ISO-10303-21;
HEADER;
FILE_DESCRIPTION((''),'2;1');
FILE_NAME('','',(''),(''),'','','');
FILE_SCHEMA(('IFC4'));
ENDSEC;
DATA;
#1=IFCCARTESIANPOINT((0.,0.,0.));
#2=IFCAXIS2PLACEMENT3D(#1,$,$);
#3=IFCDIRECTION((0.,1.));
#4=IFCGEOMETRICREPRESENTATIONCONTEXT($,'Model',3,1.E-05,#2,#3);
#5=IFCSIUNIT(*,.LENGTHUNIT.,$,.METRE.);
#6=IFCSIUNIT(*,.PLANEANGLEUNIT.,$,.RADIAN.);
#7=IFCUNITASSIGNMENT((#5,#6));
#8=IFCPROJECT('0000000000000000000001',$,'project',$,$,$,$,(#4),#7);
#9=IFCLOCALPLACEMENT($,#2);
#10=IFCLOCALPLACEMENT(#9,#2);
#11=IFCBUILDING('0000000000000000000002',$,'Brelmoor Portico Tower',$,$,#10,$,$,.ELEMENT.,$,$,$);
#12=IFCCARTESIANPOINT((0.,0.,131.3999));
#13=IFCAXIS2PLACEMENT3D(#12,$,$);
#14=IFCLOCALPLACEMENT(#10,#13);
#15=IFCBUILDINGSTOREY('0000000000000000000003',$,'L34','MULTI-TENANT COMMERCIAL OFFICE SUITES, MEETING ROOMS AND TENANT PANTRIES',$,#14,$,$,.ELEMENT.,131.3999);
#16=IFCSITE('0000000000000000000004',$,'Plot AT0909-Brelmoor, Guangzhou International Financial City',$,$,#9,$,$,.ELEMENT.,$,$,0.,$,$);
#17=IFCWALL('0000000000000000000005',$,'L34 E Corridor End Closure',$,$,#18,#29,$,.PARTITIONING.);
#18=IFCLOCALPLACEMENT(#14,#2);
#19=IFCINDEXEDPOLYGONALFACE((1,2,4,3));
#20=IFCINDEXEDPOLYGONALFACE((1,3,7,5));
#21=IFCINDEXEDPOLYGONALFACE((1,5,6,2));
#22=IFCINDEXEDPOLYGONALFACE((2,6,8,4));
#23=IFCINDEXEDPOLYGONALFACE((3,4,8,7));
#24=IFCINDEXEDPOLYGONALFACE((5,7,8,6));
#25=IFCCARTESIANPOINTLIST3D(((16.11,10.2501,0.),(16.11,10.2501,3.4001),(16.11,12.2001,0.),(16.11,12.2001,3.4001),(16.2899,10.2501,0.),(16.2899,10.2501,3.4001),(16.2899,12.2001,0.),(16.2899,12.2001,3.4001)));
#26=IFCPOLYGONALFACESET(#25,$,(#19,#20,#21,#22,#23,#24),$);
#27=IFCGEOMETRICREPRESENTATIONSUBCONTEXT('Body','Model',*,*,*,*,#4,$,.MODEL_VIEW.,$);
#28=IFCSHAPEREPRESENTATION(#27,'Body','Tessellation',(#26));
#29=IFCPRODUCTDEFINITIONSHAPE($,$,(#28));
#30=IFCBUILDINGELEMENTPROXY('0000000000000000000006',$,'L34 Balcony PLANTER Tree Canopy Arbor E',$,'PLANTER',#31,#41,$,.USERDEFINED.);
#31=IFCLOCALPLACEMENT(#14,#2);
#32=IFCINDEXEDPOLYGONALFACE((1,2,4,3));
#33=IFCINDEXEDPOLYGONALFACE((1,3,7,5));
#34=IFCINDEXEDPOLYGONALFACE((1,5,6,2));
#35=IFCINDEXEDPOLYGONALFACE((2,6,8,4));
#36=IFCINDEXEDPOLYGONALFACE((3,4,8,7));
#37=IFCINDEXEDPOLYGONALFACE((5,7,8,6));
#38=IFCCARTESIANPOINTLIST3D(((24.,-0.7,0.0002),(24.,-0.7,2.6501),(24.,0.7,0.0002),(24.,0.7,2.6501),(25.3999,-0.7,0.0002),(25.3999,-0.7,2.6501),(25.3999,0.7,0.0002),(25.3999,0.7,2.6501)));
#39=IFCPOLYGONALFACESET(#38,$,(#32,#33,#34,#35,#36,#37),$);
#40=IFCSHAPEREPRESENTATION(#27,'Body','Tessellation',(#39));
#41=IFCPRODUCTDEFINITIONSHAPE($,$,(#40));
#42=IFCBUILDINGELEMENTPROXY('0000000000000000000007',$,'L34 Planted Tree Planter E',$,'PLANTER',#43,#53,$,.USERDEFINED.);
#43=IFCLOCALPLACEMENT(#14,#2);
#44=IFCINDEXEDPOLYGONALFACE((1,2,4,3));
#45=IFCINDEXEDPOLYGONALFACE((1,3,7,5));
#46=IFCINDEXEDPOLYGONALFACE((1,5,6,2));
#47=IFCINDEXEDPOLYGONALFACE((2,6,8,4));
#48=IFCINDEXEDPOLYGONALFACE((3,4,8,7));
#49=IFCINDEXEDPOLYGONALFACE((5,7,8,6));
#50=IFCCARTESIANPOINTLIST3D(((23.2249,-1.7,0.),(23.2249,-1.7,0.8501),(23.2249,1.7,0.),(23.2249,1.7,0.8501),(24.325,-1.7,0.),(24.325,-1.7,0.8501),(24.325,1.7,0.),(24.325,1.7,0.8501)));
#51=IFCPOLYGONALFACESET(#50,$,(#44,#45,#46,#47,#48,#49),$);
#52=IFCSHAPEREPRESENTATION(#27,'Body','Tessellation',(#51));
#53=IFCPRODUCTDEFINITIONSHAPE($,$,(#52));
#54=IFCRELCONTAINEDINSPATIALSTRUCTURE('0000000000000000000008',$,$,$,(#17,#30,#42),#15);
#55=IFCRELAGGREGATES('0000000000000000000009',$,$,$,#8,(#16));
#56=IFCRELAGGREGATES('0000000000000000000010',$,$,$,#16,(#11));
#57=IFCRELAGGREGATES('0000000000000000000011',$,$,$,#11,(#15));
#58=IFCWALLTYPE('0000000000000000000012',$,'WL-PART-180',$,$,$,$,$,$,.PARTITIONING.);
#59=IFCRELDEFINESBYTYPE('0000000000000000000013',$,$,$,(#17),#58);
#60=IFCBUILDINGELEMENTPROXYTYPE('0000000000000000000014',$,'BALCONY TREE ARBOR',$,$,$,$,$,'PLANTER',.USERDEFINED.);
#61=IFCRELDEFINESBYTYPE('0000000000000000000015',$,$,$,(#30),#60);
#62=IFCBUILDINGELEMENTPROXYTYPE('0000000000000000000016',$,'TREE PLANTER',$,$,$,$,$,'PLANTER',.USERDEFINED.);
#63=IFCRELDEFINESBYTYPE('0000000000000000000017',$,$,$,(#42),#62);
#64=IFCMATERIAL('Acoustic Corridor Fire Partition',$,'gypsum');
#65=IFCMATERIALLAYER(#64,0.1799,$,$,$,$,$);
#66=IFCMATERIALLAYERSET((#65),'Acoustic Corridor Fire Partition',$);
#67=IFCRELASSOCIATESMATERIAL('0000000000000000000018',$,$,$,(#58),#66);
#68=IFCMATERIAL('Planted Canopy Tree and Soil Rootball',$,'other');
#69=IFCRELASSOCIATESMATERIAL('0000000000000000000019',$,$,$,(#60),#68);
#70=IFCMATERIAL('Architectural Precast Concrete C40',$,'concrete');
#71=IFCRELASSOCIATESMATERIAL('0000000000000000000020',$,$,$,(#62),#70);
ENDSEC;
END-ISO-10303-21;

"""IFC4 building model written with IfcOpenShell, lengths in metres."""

from ifc_helpers import new_model, si_unit, direction, frame, frame_2d, origin, origin_2d, place, context, subcontext, project, spatial, rectangle, extrude, material, layer, layer_set, type_object, element, save


model = new_model("IFC4")

# Units and contexts
model_context = context("Model", 3, precision=1e-05, world=origin(), true_north=direction((0.0, 1.0)))
body_context = subcontext(model_context, "Body", "Model", "MODEL_VIEW")
ifc_project = project(units=[si_unit("LENGTHUNIT", "METRE"), si_unit("PLANEANGLEUNIT", "RADIAN")], contexts=[model_context])

# Site, building, storey
site_placement = place(None, origin())
site = spatial("IfcSite", under=ifc_project, at=site_placement, Name="Plot AT0909-Brelmoor, Guangzhou International Financial City", CompositionType="ELEMENT", RefElevation=0.0)
building_placement = place(site_placement, origin())
building = spatial("IfcBuilding", under=site, at=building_placement, Name="Brelmoor Portico Tower", CompositionType="ELEMENT")
storey_placement = place(building_placement, frame((0.0, 0.0, 131.3999)))
storey = spatial("IfcBuildingStorey", under=building, at=storey_placement, Name="L34", Description="MULTI-TENANT COMMERCIAL OFFICE SUITES, MEETING ROOMS AND TENANT PANTRIES", CompositionType="ELEMENT", Elevation=131.3999)

# Shared definitions
ifc_material_1 = material(Name="Acoustic Corridor Fire Partition", Category="gypsum")
ifc_layer_1 = layer(ifc_material_1, 0.1799)
ifc_layer_set_1 = layer_set([ifc_layer_1], Name="Acoustic Corridor Fire Partition")
wall_type_1 = type_object("IfcWallType", Name="WL-PART-180", PredefinedType="PARTITIONING", material=ifc_layer_set_1)

# Wall
wall_1_placement = place(storey_placement, frame((16.2, 10.25, 0.0), z_axis=(0.0, 0.0, 1.0), x_axis=(0.0, 1.0, 0.0)))
element("IfcWall", 1, at=wall_1_placement, inside=storey, type_object=wall_type_1, Name="L34 E Corridor End Closure", PredefinedType="PARTITIONING", context=body_context, shape_type="SweptSolid", body=[
    extrude(rectangle(XDim=1.95, YDim=0.1799, at=frame_2d((0.9751, 0.0))), origin(), (0.0, 0.0, 1.0), 3.4001),
])

# Building element proxies
ifc_material_2 = material(Name="Planted Canopy Tree and Soil Rootball", Category="other")
building_element_proxy_type_1 = type_object("IfcBuildingElementProxyType", Name="BALCONY TREE ARBOR", ElementType="PLANTER", PredefinedType="USERDEFINED", material=ifc_material_2)
proxy_1_placement = place(storey_placement, frame((24.7, 0.0, 0.0002), z_axis=(0.0, 0.0, 1.0), x_axis=(1.0, 0.0, 0.0)))
element("IfcBuildingElementProxy", 2, at=proxy_1_placement, inside=storey, type_object=building_element_proxy_type_1, Name="L34 Balcony PLANTER Tree Canopy Arbor E", ObjectType="PLANTER", PredefinedType="USERDEFINED", context=body_context, shape_type="SweptSolid", body=[
    extrude(rectangle(XDim=1.3999, YDim=1.3999, at=origin_2d()), origin(), (0.0, 0.0, 1.0), 2.6499),
])
ifc_material_3 = material(Name="Architectural Precast Concrete C40", Category="concrete")
building_element_proxy_type_2 = type_object("IfcBuildingElementProxyType", Name="TREE PLANTER", ElementType="PLANTER", PredefinedType="USERDEFINED", material=ifc_material_3)
proxy_2_placement = place(storey_placement, frame((23.7749, 0.0, 0.0), z_axis=(0.0, 0.0, 1.0), x_axis=(0.0, 1.0, 0.0)))
element("IfcBuildingElementProxy", 3, at=proxy_2_placement, inside=storey, type_object=building_element_proxy_type_2, Name="L34 Planted Tree Planter E", ObjectType="PLANTER", PredefinedType="USERDEFINED", context=body_context, shape_type="SweptSolid", body=[
    extrude(rectangle(XDim=3.3999, YDim=1.1001, at=origin_2d()), origin(), (0.0, 0.0, 1.0), 0.8501),
])

save(model, "model.ifc")
